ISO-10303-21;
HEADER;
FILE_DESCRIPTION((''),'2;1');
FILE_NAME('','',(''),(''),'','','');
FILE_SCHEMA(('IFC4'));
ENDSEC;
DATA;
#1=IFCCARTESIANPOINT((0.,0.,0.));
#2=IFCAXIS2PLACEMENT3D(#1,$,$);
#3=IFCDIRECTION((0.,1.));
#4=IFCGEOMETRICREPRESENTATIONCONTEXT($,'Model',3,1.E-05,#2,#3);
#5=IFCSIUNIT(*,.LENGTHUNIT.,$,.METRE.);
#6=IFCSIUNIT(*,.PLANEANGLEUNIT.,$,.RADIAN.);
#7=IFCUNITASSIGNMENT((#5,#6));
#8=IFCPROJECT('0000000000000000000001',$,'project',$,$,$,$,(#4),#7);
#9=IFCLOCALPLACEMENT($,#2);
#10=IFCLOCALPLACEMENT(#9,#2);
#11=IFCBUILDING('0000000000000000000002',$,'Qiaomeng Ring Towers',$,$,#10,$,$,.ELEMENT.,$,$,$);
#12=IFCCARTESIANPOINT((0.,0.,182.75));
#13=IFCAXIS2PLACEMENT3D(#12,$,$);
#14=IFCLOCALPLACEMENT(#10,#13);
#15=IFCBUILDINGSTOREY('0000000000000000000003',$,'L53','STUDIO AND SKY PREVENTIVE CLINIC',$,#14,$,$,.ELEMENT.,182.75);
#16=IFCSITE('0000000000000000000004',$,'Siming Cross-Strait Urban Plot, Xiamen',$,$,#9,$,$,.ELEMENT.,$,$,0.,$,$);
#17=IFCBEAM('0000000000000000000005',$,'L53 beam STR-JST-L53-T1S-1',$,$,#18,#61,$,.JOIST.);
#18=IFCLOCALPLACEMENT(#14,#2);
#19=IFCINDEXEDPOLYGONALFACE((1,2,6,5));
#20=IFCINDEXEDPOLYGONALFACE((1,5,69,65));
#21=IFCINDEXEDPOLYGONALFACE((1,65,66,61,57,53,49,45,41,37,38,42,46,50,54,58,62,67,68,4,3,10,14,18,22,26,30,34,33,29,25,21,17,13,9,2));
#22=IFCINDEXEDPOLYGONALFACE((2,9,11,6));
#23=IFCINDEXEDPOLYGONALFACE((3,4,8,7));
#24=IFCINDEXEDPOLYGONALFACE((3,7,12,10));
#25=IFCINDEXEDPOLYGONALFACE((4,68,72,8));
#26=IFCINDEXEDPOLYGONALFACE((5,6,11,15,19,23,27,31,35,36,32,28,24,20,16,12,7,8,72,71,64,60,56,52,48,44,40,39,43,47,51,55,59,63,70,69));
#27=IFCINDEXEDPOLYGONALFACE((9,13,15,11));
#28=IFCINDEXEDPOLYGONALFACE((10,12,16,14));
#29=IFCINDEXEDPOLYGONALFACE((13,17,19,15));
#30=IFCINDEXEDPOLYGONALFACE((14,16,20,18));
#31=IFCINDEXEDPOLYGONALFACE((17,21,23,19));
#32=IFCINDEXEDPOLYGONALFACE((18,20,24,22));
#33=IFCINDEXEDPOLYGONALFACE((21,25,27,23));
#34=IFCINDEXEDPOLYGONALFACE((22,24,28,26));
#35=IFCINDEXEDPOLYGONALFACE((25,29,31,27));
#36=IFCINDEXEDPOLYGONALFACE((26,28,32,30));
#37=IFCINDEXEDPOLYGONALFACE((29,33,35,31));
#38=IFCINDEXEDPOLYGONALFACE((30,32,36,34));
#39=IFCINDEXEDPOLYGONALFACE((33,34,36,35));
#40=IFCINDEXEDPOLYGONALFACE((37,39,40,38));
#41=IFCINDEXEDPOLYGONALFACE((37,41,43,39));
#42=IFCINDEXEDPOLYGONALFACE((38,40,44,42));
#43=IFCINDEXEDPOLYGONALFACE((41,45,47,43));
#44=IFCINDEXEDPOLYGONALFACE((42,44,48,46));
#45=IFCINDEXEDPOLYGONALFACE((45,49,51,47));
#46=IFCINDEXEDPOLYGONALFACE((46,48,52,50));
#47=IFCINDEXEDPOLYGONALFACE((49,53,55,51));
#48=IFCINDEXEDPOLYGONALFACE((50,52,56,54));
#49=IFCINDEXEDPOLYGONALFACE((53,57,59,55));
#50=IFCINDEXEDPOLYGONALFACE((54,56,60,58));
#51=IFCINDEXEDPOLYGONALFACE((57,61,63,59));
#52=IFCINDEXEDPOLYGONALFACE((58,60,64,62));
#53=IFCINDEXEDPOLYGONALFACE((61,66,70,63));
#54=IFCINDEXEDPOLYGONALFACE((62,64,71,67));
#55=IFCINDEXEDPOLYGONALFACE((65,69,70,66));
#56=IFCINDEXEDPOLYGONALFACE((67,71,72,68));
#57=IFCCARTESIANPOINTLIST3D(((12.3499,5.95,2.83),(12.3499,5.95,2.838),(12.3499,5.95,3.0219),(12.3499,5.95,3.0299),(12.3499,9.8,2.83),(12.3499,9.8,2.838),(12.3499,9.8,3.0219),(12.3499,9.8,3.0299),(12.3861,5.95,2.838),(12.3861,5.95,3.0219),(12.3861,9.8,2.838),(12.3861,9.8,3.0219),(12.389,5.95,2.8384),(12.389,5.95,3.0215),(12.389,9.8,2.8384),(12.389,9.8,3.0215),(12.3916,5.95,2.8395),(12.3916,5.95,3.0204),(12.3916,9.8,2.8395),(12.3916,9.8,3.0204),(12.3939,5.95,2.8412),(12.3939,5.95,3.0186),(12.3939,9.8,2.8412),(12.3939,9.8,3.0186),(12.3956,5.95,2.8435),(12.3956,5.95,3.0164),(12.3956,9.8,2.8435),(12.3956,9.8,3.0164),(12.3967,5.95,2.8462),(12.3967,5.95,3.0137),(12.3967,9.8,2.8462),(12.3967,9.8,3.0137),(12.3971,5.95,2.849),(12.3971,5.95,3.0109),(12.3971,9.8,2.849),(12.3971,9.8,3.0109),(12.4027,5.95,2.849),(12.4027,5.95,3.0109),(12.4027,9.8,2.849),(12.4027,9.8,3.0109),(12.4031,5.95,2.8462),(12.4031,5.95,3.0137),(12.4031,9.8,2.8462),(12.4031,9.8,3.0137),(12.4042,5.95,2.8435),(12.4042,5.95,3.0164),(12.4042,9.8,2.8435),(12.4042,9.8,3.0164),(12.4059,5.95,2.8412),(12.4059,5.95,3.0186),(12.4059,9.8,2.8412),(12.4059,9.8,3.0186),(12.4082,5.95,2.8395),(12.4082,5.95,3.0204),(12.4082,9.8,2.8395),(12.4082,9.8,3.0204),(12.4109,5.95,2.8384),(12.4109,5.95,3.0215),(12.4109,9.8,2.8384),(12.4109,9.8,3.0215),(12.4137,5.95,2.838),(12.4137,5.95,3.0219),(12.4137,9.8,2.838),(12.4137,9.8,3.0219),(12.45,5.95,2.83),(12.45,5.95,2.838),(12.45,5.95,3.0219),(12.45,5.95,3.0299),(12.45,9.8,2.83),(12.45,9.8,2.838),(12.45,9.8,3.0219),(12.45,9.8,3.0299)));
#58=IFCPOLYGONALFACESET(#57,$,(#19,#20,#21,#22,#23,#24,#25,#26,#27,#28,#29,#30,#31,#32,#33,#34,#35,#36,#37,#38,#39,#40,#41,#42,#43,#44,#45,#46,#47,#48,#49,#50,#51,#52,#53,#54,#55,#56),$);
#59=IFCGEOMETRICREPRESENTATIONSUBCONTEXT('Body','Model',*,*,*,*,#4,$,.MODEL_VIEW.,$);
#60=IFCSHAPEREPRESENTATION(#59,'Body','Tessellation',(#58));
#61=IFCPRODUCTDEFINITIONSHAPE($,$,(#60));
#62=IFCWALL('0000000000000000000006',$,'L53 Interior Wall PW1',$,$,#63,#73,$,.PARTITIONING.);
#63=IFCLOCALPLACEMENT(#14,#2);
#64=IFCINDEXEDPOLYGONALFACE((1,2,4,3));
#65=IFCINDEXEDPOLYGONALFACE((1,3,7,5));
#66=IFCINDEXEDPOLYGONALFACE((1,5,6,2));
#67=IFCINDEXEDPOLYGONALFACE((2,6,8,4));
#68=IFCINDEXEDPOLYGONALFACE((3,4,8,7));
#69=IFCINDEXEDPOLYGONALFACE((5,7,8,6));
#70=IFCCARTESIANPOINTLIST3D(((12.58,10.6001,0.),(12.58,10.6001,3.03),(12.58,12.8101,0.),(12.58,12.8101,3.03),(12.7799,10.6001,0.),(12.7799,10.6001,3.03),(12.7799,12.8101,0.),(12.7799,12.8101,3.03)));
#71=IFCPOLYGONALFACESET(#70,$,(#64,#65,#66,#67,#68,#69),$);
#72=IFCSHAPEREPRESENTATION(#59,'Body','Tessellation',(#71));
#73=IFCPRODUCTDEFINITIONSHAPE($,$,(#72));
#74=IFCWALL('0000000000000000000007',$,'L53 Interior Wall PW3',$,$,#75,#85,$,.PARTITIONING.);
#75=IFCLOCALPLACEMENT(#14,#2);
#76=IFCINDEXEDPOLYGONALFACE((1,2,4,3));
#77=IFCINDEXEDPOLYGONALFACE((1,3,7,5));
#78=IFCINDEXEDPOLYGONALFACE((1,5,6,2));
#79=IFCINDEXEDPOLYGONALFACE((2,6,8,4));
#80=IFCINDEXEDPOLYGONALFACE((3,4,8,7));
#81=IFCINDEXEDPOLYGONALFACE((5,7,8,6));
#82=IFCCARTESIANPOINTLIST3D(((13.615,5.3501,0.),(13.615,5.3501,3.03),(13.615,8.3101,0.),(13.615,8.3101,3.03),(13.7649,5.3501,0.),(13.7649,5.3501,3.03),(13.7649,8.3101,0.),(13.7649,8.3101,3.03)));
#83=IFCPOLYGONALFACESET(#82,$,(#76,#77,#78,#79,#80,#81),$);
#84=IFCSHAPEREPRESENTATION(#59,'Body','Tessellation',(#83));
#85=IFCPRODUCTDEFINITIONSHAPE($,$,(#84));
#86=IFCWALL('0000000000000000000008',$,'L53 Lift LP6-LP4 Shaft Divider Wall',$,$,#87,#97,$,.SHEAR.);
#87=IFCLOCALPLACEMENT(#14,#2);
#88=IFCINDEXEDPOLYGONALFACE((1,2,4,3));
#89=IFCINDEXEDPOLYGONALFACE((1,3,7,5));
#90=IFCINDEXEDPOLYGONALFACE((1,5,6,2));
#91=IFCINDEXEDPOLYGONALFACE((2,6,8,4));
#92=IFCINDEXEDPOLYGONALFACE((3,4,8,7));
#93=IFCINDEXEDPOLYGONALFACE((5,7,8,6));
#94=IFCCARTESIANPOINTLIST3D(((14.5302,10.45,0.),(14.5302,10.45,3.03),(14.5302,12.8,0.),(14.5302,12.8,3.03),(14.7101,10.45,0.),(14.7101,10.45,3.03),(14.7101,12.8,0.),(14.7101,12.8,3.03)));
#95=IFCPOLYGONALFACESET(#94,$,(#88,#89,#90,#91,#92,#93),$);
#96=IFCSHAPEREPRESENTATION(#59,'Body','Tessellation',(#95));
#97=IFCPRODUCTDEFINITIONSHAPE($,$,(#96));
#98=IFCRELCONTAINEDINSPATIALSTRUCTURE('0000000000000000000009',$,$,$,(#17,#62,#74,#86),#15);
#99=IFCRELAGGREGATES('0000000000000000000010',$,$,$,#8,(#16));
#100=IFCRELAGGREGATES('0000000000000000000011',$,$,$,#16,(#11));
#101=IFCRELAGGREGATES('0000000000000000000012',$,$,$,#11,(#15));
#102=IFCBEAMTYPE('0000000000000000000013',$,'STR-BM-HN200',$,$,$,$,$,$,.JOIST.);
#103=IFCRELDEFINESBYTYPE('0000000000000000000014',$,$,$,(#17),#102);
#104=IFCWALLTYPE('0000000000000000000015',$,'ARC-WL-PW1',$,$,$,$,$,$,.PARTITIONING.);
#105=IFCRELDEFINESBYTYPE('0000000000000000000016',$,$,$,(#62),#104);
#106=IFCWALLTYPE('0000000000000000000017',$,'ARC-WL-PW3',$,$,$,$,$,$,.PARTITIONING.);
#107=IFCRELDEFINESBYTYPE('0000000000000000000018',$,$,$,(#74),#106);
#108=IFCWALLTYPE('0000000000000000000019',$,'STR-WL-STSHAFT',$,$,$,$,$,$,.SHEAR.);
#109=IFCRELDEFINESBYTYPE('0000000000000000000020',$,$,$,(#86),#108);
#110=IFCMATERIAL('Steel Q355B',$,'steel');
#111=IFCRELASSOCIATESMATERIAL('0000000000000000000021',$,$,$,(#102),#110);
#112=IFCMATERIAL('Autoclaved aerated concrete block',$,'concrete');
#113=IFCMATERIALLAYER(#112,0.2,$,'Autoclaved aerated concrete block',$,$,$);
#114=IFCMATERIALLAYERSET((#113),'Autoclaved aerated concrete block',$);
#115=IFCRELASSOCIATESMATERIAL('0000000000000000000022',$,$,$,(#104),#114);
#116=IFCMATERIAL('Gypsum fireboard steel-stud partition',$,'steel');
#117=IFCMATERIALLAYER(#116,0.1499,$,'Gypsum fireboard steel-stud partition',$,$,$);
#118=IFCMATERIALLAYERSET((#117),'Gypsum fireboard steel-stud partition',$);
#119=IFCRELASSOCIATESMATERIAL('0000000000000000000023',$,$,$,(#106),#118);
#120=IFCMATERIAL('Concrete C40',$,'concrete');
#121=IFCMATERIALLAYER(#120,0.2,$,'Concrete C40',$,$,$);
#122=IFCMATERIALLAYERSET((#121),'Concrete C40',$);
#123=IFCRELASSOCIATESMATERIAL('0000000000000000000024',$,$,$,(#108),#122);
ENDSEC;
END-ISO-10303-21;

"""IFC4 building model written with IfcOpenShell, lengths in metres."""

from ifc_helpers import new_model, si_unit, direction, frame, frame_2d, origin, origin_2d, place, context, subcontext, project, spatial, rectangle, i_section, extrude, source, transform, mapped, material, layer, layer_set, material_profile, profile_set, type_object, element, save


model = new_model("IFC4")

# Units and contexts
model_context = context("Model", 3, precision=1e-05, world=origin(), true_north=direction((0.0, 1.0)))
body_context = subcontext(model_context, "Body", "Model", "MODEL_VIEW")
ifc_project = project(units=[si_unit("LENGTHUNIT", "METRE"), si_unit("PLANEANGLEUNIT", "RADIAN")], contexts=[model_context])

# Site, building, storey
site_placement = place(None, origin())
site = spatial("IfcSite", under=ifc_project, at=site_placement, Name="Siming Cross-Strait Urban Plot, Xiamen", CompositionType="ELEMENT", RefElevation=0.0)
building_placement = place(site_placement, origin())
building = spatial("IfcBuilding", under=site, at=building_placement, Name="Qiaomeng Ring Towers", CompositionType="ELEMENT")
storey_placement = place(building_placement, frame((0.0, 0.0, 182.75)))
storey = spatial("IfcBuildingStorey", under=building, at=storey_placement, Name="L53", Description="STUDIO AND SKY PREVENTIVE CLINIC", CompositionType="ELEMENT", Elevation=182.75)

# Beam
ifc_material_1 = material(Name="Steel Q355B", Category="steel")
ifc_material_profile = material_profile(ifc_material_1, i_section(OverallWidth=0.1001, OverallDepth=0.2, WebThickness=0.0056, FlangeThickness=0.0081, FilletRadius=0.011, at=origin_2d()), Name="HN 200x100x5.5x8")
ifc_profile_set = profile_set([ifc_material_profile], Name="Steel Q355B")
beam_type = type_object("IfcBeamType", Name="STR-BM-HN200", PredefinedType="JOIST", material=ifc_profile_set)
shared_shape = source(origin(), body_context, "Body", "SweptSolid", [
    extrude(i_section(OverallWidth=0.1001, OverallDepth=0.2, WebThickness=0.0056, FlangeThickness=0.0081, FilletRadius=0.011, at=origin_2d()), origin(), (0.0, 0.0, 1.0), 3.8501),
])
beam_placement = place(storey_placement, frame((12.3999, 5.95, 2.9299), z_axis=(0.0, 1.0, 0.0), x_axis=(-1.0, 0.0, 0.0)))
element("IfcBeam", 1, at=beam_placement, inside=storey, type_object=beam_type, Name="L53 beam STR-JST-L53-T1S-1", PredefinedType="JOIST", context=body_context, shape_type="MappedRepresentation", body=[
    mapped(shared_shape, transform((0.0, 0.0, 0.0), x_axis=(1.0, 0.0, 0.0), y_axis=(0.0, 1.0, 0.0), z_axis=(0.0, 0.0, 1.0), scale=1.0)),
])

# Walls
ifc_material_2 = material(Name="Autoclaved aerated concrete block", Category="concrete")
ifc_layer_1 = layer(ifc_material_2, 0.2, Name="Autoclaved aerated concrete block")
ifc_layer_set_1 = layer_set([ifc_layer_1], Name="Autoclaved aerated concrete block")
wall_type_1 = type_object("IfcWallType", Name="ARC-WL-PW1", PredefinedType="PARTITIONING", material=ifc_layer_set_1)
wall_1_placement = place(storey_placement, frame((12.6799, 10.6001, 0.0), z_axis=(0.0, 0.0, 1.0), x_axis=(0.0, 1.0, 0.0)))
element("IfcWall", 2, at=wall_1_placement, inside=storey, type_object=wall_type_1, Name="L53 Interior Wall PW1", PredefinedType="PARTITIONING", context=body_context, shape_type="SweptSolid", body=[
    extrude(rectangle(XDim=2.21, YDim=0.2, at=frame_2d((1.105, 0.0))), origin(), (0.0, 0.0, 1.0), 3.03),
])
ifc_material_3 = material(Name="Gypsum fireboard steel-stud partition", Category="steel")
ifc_layer_2 = layer(ifc_material_3, 0.1499, Name="Gypsum fireboard steel-stud partition")
ifc_layer_set_2 = layer_set([ifc_layer_2], Name="Gypsum fireboard steel-stud partition")
wall_type_2 = type_object("IfcWallType", Name="ARC-WL-PW3", PredefinedType="PARTITIONING", material=ifc_layer_set_2)
wall_2_placement = place(storey_placement, frame((13.6899, 5.3501, 0.0), z_axis=(0.0, 0.0, 1.0), x_axis=(0.0, 1.0, 0.0)))
element("IfcWall", 3, at=wall_2_placement, inside=storey, type_object=wall_type_2, Name="L53 Interior Wall PW3", PredefinedType="PARTITIONING", context=body_context, shape_type="SweptSolid", body=[
    extrude(rectangle(XDim=2.96, YDim=0.1499, at=frame_2d((1.48, 0.0))), origin(), (0.0, 0.0, 1.0), 3.03),
])
ifc_material_4 = material(Name="Concrete C40", Category="concrete")
ifc_layer_3 = layer(ifc_material_4, 0.2, Name="Concrete C40")
ifc_layer_set_3 = layer_set([ifc_layer_3], Name="Concrete C40")
wall_type_3 = type_object("IfcWallType", Name="STR-WL-STSHAFT", PredefinedType="SHEAR", material=ifc_layer_set_3)
wall_3_placement = place(storey_placement, frame((14.6201, 10.45, 0.0), z_axis=(0.0, 0.0, 1.0), x_axis=(0.0, 1.0, 0.0)))
element("IfcWall", 4, at=wall_3_placement, inside=storey, type_object=wall_type_3, Name="L53 Lift LP6-LP4 Shaft Divider Wall", PredefinedType="SHEAR", context=body_context, shape_type="SweptSolid", body=[
    extrude(rectangle(XDim=2.3501, YDim=0.1799, at=frame_2d((1.175, 0.0))), origin(), (0.0, 0.0, 1.0), 3.03),
])

save(model, "model.ifc")
